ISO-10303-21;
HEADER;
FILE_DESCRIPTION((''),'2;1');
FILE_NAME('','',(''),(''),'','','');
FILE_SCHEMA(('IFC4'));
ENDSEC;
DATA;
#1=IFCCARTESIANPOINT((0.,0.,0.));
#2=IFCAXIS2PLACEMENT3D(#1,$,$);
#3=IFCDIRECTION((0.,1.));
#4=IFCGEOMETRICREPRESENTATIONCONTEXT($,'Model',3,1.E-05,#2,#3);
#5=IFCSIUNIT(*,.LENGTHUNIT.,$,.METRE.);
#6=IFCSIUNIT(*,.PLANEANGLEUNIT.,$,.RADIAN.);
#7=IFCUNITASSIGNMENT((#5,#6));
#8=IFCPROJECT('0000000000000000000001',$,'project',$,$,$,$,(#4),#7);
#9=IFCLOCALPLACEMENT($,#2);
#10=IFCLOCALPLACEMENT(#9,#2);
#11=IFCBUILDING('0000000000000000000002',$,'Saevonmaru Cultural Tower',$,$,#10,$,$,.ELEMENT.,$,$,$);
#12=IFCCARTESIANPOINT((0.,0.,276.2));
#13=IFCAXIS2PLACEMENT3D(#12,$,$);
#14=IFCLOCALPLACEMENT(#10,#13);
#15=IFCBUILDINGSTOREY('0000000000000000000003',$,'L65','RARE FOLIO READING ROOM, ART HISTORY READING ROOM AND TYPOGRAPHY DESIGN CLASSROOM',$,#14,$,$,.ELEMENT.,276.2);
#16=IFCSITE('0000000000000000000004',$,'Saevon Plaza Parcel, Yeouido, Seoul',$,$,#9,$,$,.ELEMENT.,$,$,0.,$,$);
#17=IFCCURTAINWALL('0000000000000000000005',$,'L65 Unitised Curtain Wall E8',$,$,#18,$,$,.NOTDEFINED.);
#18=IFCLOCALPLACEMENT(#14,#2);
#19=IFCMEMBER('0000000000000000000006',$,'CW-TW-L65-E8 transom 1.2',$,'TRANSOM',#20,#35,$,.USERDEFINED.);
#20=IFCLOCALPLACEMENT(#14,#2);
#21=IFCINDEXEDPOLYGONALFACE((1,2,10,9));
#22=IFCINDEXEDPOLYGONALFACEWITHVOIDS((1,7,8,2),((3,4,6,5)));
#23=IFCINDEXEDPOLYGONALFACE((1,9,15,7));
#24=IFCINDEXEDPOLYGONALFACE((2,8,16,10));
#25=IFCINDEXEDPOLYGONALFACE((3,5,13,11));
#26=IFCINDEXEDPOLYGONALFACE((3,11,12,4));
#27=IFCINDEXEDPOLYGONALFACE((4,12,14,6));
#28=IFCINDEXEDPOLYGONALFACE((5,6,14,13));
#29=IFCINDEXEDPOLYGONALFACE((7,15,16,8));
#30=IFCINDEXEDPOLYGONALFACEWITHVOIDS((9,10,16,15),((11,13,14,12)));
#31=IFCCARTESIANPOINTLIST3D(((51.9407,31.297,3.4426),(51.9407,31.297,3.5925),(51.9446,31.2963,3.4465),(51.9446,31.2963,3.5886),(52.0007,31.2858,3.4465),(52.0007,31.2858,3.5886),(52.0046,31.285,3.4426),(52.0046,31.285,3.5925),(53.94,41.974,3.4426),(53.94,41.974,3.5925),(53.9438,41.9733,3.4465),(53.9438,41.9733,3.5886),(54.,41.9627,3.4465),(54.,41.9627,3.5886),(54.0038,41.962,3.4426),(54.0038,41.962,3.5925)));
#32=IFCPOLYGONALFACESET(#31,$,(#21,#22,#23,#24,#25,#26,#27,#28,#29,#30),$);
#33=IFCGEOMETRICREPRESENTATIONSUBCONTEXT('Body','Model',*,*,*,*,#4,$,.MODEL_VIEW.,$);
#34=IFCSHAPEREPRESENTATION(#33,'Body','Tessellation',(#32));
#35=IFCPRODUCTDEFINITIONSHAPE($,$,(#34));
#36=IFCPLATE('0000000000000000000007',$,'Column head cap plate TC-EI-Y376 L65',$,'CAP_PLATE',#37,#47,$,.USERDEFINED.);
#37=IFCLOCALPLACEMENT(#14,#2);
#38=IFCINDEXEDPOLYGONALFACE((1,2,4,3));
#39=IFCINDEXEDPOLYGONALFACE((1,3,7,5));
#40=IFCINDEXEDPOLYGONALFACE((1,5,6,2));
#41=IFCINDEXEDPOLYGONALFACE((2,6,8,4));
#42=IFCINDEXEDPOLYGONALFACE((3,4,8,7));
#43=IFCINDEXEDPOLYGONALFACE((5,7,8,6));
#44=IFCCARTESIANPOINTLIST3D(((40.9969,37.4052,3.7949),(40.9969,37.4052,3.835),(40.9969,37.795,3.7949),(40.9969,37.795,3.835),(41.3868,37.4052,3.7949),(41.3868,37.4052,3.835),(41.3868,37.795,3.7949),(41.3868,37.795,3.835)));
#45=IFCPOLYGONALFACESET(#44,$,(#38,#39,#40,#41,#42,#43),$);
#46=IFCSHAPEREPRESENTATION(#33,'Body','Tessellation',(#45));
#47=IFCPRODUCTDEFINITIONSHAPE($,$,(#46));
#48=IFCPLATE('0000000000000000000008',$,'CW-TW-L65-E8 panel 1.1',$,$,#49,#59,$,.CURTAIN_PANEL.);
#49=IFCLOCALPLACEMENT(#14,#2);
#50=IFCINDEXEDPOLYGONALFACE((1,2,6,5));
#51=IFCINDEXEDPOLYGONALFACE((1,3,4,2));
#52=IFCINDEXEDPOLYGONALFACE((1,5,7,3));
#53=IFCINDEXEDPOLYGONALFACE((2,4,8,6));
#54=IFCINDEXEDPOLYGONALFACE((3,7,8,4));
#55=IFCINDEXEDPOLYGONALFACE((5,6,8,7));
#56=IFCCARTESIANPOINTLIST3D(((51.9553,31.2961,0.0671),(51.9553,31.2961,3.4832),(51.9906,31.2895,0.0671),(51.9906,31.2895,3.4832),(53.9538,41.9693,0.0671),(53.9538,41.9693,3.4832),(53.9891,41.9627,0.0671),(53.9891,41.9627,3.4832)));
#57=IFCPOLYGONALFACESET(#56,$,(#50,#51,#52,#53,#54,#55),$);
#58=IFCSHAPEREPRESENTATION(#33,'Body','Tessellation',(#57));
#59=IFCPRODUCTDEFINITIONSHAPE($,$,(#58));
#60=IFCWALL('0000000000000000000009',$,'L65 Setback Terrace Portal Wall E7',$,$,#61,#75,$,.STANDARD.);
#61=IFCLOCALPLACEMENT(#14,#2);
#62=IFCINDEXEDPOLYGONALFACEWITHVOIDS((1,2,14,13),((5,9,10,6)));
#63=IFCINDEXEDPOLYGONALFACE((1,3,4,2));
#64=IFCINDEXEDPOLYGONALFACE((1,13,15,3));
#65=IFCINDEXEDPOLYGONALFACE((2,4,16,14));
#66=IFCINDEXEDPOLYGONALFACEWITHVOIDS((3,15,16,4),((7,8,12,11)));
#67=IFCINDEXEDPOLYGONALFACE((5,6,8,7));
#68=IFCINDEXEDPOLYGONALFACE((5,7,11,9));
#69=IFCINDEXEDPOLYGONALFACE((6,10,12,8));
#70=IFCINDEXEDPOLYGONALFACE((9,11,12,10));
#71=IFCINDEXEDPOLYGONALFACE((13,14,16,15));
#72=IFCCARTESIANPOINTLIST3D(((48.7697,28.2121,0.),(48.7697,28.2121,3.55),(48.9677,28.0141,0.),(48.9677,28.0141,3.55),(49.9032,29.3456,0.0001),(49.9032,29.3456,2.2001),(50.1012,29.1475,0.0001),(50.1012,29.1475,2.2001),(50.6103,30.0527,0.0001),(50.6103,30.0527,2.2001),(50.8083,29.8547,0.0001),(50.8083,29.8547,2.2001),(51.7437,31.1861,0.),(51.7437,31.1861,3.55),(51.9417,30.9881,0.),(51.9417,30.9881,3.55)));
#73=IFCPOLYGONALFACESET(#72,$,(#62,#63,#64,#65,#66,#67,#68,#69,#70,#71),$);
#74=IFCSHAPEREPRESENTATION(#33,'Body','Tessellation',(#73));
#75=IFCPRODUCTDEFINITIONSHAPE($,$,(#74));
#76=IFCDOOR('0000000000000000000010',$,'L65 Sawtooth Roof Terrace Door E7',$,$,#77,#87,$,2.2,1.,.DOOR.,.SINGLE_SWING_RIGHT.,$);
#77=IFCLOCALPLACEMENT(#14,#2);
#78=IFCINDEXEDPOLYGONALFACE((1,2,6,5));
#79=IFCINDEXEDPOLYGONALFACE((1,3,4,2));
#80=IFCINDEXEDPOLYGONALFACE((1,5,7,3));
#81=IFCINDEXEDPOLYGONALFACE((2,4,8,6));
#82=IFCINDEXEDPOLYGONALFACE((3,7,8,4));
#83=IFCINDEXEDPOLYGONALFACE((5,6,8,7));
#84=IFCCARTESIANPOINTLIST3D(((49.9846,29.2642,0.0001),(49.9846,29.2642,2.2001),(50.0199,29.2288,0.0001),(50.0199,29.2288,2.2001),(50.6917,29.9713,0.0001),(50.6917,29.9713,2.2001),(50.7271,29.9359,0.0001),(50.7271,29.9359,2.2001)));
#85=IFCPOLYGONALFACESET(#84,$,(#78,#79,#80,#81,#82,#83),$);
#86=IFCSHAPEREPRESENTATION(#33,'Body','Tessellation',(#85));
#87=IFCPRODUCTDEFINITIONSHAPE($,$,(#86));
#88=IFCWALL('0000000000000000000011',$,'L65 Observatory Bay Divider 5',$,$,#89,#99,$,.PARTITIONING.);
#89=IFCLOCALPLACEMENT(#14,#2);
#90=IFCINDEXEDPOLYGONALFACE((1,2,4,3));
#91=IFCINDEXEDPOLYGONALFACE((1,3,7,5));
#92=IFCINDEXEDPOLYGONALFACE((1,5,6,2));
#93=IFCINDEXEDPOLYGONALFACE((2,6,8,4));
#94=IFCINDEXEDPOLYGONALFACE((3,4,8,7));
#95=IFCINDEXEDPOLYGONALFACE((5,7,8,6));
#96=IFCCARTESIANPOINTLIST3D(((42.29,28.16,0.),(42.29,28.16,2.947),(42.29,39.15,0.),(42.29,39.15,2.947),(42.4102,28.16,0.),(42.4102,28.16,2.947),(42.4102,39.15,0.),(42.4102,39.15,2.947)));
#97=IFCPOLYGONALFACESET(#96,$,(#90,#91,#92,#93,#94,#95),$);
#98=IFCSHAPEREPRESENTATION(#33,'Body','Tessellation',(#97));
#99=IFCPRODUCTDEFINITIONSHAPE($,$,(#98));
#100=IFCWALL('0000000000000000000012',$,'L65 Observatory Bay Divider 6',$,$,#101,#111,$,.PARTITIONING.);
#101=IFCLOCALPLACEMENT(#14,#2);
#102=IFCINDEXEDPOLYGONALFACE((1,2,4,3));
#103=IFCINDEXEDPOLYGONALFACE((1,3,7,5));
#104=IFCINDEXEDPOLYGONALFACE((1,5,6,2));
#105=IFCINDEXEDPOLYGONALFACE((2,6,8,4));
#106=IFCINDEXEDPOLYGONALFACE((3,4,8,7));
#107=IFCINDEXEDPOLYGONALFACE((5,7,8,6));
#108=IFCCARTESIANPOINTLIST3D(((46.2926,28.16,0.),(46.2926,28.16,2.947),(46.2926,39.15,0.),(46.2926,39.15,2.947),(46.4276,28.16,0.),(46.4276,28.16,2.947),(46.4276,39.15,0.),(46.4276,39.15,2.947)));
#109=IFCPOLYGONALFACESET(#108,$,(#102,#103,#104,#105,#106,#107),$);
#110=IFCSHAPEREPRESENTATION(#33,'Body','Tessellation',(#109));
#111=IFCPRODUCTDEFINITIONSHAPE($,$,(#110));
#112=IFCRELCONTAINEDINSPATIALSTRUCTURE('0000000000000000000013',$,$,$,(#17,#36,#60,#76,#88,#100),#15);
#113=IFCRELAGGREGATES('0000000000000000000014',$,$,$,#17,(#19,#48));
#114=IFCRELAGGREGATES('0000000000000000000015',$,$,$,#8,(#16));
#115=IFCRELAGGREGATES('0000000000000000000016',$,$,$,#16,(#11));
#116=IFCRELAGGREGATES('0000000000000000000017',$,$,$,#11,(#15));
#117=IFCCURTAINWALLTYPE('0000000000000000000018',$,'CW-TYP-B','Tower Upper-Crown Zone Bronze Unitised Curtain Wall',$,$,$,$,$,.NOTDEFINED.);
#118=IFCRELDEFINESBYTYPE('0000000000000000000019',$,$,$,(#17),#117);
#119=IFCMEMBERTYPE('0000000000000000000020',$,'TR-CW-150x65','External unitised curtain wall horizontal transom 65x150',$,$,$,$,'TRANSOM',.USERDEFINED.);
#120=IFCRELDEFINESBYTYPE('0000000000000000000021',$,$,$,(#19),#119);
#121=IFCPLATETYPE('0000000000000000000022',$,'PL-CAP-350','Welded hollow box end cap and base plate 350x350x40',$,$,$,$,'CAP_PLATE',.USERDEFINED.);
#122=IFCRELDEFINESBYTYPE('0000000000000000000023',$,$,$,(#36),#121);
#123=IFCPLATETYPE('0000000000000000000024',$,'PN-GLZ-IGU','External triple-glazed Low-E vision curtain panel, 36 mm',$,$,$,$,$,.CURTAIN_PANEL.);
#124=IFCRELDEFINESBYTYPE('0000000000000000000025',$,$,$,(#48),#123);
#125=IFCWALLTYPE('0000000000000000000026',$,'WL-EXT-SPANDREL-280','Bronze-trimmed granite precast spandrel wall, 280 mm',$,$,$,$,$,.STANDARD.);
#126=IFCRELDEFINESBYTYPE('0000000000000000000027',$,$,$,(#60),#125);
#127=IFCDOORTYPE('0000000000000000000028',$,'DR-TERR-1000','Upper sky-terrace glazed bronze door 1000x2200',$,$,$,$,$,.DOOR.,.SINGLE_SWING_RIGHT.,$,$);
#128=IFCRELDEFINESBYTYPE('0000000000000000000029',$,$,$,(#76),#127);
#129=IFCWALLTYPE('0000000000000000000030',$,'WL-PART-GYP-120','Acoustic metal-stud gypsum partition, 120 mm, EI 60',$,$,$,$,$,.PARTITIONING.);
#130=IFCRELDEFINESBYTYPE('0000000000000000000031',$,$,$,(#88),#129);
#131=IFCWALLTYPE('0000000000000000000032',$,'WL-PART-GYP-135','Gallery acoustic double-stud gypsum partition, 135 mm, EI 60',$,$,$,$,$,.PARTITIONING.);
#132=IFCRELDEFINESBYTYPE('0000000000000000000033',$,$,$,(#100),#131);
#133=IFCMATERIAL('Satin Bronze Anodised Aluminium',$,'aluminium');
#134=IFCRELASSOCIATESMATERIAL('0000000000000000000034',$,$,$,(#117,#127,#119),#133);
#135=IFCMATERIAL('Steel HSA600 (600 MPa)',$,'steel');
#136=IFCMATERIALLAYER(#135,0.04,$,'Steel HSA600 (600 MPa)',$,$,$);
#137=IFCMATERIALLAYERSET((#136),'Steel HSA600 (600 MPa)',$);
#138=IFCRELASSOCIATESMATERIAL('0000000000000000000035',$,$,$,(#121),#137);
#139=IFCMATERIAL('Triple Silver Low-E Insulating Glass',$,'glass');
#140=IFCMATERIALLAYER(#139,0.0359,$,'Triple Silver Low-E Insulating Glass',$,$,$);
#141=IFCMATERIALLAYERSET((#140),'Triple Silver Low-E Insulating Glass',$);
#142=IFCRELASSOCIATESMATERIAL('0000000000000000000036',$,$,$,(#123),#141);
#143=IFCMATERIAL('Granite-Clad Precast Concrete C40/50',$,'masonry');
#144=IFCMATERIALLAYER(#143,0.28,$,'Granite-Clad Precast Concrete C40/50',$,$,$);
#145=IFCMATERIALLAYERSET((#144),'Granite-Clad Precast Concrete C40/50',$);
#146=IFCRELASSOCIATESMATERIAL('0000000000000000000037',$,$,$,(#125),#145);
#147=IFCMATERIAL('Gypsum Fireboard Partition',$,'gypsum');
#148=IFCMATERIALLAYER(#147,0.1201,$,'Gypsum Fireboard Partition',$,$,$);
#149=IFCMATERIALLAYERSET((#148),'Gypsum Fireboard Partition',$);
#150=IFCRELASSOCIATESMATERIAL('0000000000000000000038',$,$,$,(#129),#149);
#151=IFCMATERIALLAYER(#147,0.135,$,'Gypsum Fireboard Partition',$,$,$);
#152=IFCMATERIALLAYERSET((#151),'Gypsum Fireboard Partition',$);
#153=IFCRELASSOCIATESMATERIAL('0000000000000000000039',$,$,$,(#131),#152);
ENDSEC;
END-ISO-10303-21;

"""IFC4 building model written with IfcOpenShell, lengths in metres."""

from ifc_helpers import new_model, si_unit, direction, frame, frame_2d, origin, origin_2d, place, context, subcontext, project, spatial, rectangle, hollow_rectangle, extrude, material, layer, layer_set, material_profile, profile_set, type_object, element, fill, aggregate, save


model = new_model("IFC4")

# Units and contexts
model_context = context("Model", 3, precision=1e-05, world=origin(), true_north=direction((0.0, 1.0)))
body_context = subcontext(model_context, "Body", "Model", "MODEL_VIEW")
ifc_project = project(units=[si_unit("LENGTHUNIT", "METRE"), si_unit("PLANEANGLEUNIT", "RADIAN")], contexts=[model_context])

# Site, building, storey
site_placement = place(None, origin())
site = spatial("IfcSite", under=ifc_project, at=site_placement, Name="Saevon Plaza Parcel, Yeouido, Seoul", CompositionType="ELEMENT", RefElevation=0.0)
building_placement = place(site_placement, origin())
building = spatial("IfcBuilding", under=site, at=building_placement, Name="Saevonmaru Cultural Tower", CompositionType="ELEMENT")
storey_placement = place(building_placement, frame((0.0, 0.0, 276.2)))
storey = spatial("IfcBuildingStorey", under=building, at=storey_placement, Name="L65", Description="RARE FOLIO READING ROOM, ART HISTORY READING ROOM AND TYPOGRAPHY DESIGN CLASSROOM", CompositionType="ELEMENT", Elevation=276.2)

# Curtain wall, member
ifc_material_1 = material(Name="Satin Bronze Anodised Aluminium", Category="aluminium")
curtain_wall_type = type_object("IfcCurtainWallType", Name="CW-TYP-B", Description="Tower Upper-Crown Zone Bronze Unitised Curtain Wall", PredefinedType="NOTDEFINED", material=ifc_material_1)
curtain_wall_placement = place(storey_placement, origin())
curtain_wall = element("IfcCurtainWall", 1, at=curtain_wall_placement, inside=storey, type_object=curtain_wall_type, Name="L65 Unitised Curtain Wall E8", PredefinedType="NOTDEFINED")
ifc_material_profile_1 = material_profile(ifc_material_1, hollow_rectangle(XDim=0.0649, YDim=0.1499, WallThickness=0.0039, at=origin_2d()), Name="ALU-TRAN-150x65x4")
ifc_profile_set_1 = profile_set([ifc_material_profile_1], Name="Satin Bronze Anodised Aluminium")
member_type_1 = type_object("IfcMemberType", Name="TR-CW-150x65", Description="External unitised curtain wall horizontal transom 65x150", ElementType="TRANSOM", PredefinedType="USERDEFINED", material=ifc_profile_set_1)
member_1_placement = place(storey_placement, frame((51.9727, 31.291, 3.5176), z_axis=(0.184051, 0.982917, 0.0), x_axis=(-0.982917, 0.184051, 0.0)))
member_1 = element("IfcMember", 2, at=member_1_placement, type_object=member_type_1, Name="CW-TW-L65-E8 transom 1.2", ObjectType="TRANSOM", PredefinedType="USERDEFINED", context=body_context, shape_type="SweptSolid", body=[
    extrude(hollow_rectangle(XDim=0.0649, YDim=0.1499, WallThickness=0.0039, at=origin_2d()), origin(), (0.0, 0.0, 1.0), 10.8625),
])

# Plates
ifc_material_2 = material(Name="Steel HSA600 (600 MPa)", Category="steel")
ifc_layer_1 = layer(ifc_material_2, 0.04, Name="Steel HSA600 (600 MPa)")
ifc_layer_set_1 = layer_set([ifc_layer_1], Name="Steel HSA600 (600 MPa)")
plate_type_1 = type_object("IfcPlateType", Name="PL-CAP-350", Description="Welded hollow box end cap and base plate 350x350x40", ElementType="CAP_PLATE", PredefinedType="USERDEFINED", material=ifc_layer_set_1)
plate_1_placement = place(storey_placement, frame((41.1919, 37.6001, 3.7949), z_axis=(0.0, 0.0, 1.0), x_axis=(1.0, 0.0, 0.0)))
element("IfcPlate", 3, at=plate_1_placement, inside=storey, type_object=plate_type_1, Name="Column head cap plate TC-EI-Y376 L65", ObjectType="CAP_PLATE", PredefinedType="USERDEFINED", context=body_context, shape_type="SweptSolid", body=[
    extrude(rectangle(XDim=0.3899, YDim=0.3899, at=origin_2d()), origin(), (0.0, 0.0, 1.0), 0.04),
])
ifc_material_3 = material(Name="Triple Silver Low-E Insulating Glass", Category="glass")
ifc_layer_2 = layer(ifc_material_3, 0.0359, Name="Triple Silver Low-E Insulating Glass")
ifc_layer_set_2 = layer_set([ifc_layer_2], Name="Triple Silver Low-E Insulating Glass")
plate_type_2 = type_object("IfcPlateType", Name="PN-GLZ-IGU", Description="External triple-glazed Low-E vision curtain panel, 36 mm", PredefinedType="CURTAIN_PANEL", material=ifc_layer_set_2)
plate_2_placement = place(storey_placement, frame((52.9722, 36.6294, 0.0671), z_axis=(0.0, 0.0, 1.0), x_axis=(0.184047, 0.982918, 0.0)))
plate_2 = element("IfcPlate", 4, at=plate_2_placement, type_object=plate_type_2, Name="CW-TW-L65-E8 panel 1.1", PredefinedType="CURTAIN_PANEL", context=body_context, shape_type="SweptSolid", body=[
    extrude(rectangle(XDim=10.8586, YDim=0.0359, at=origin_2d()), origin(), (0.0, 0.0, 1.0), 3.416),
])
aggregate(curtain_wall, [member_1, plate_2])

# Wall, opening, door
ifc_material_4 = material(Name="Granite-Clad Precast Concrete C40/50", Category="masonry")
ifc_layer_3 = layer(ifc_material_4, 0.28, Name="Granite-Clad Precast Concrete C40/50")
ifc_layer_set_3 = layer_set([ifc_layer_3], Name="Granite-Clad Precast Concrete C40/50")
wall_type_1 = type_object("IfcWallType", Name="WL-EXT-SPANDREL-280", Description="Bronze-trimmed granite precast spandrel wall, 280 mm", PredefinedType="STANDARD", material=ifc_layer_set_3)
wall_1_placement = place(storey_placement, frame((48.8687, 28.113, 0.0), z_axis=(0.0, 0.0, 1.0), x_axis=(0.707107, 0.707107, 0.0)))
wall_1 = element("IfcWall", 5, at=wall_1_placement, inside=storey, type_object=wall_type_1, Name="L65 Setback Terrace Portal Wall E7", PredefinedType="STANDARD", context=body_context, shape_type="SweptSolid", body=[
    extrude(rectangle(XDim=4.2058, YDim=0.28, at=frame_2d((2.103, 0.0))), origin(), (0.0, 0.0, 1.0), 3.55),
])
opening_placement = place(wall_1_placement, frame((1.603, 0.0, 0.0)))
opening = element("IfcOpeningElement", 6, at=opening_placement, cuts=wall_1, PredefinedType="OPENING", context=body_context, shape_type="SweptSolid", body=[
    extrude(rectangle(XDim=1.0, YDim=2.2, at=frame_2d((0.5, 1.1001))), frame((0.0, 0.1499, 0.0), z_axis=(0.0, -1.0, 0.0), x_axis=(1.0, 0.0, 0.0)), (0.0, 0.0, 1.0), 0.3),
])
door_type = type_object("IfcDoorType", Name="DR-TERR-1000", Description="Upper sky-terrace glazed bronze door 1000x2200", OperationType="SINGLE_SWING_RIGHT", PredefinedType="DOOR", material=ifc_material_1)
door_placement = place(opening_placement, origin())
door = element("IfcDoor", 7, at=door_placement, inside=storey, type_object=door_type, Name="L65 Sawtooth Roof Terrace Door E7", OperationType="SINGLE_SWING_RIGHT", OverallHeight=2.2, OverallWidth=1.0, PredefinedType="DOOR", context=body_context, shape_type="SweptSolid", body=[
    extrude(rectangle(XDim=1.0, YDim=2.2, at=frame_2d((0.5, 1.1001))), frame((0.0, 0.0249, 0.0), z_axis=(0.0, -1.0, 0.0), x_axis=(1.0, 0.0, 0.0)), (0.0, 0.0, 1.0), 0.05),
])
fill(opening, door)

# Walls
ifc_material_5 = material(Name="Gypsum Fireboard Partition", Category="gypsum")
ifc_layer_4 = layer(ifc_material_5, 0.1201, Name="Gypsum Fireboard Partition")
ifc_layer_set_4 = layer_set([ifc_layer_4], Name="Gypsum Fireboard Partition")
wall_type_2 = type_object("IfcWallType", Name="WL-PART-GYP-120", Description="Acoustic metal-stud gypsum partition, 120 mm, EI 60", PredefinedType="PARTITIONING", material=ifc_layer_set_4)
wall_2_placement = place(storey_placement, frame((42.3501, 28.1599, 0.0), z_axis=(0.0, 0.0, 1.0), x_axis=(0.0, 1.0, 0.0)))
element("IfcWall", 8, at=wall_2_placement, inside=storey, type_object=wall_type_2, Name="L65 Observatory Bay Divider 5", PredefinedType="PARTITIONING", context=body_context, shape_type="SweptSolid", body=[
    extrude(rectangle(XDim=10.99, YDim=0.1201, at=frame_2d((5.4951, 0.0))), origin(), (0.0, 0.0, 1.0), 2.947),
])
ifc_layer_5 = layer(ifc_material_5, 0.135, Name="Gypsum Fireboard Partition")
ifc_layer_set_5 = layer_set([ifc_layer_5], Name="Gypsum Fireboard Partition")
wall_type_3 = type_object("IfcWallType", Name="WL-PART-GYP-135", Description="Gallery acoustic double-stud gypsum partition, 135 mm, EI 60", PredefinedType="PARTITIONING", material=ifc_layer_set_5)
wall_3_placement = place(storey_placement, frame((46.3601, 28.1599, 0.0), z_axis=(0.0, 0.0, 1.0), x_axis=(0.0, 1.0, 0.0)))
element("IfcWall", 9, at=wall_3_placement, inside=storey, type_object=wall_type_3, Name="L65 Observatory Bay Divider 6", PredefinedType="PARTITIONING", context=body_context, shape_type="SweptSolid", body=[
    extrude(rectangle(XDim=10.99, YDim=0.135, at=frame_2d((5.4951, 0.0))), origin(), (0.0, 0.0, 1.0), 2.947),
])

save(model, "model.ifc")
